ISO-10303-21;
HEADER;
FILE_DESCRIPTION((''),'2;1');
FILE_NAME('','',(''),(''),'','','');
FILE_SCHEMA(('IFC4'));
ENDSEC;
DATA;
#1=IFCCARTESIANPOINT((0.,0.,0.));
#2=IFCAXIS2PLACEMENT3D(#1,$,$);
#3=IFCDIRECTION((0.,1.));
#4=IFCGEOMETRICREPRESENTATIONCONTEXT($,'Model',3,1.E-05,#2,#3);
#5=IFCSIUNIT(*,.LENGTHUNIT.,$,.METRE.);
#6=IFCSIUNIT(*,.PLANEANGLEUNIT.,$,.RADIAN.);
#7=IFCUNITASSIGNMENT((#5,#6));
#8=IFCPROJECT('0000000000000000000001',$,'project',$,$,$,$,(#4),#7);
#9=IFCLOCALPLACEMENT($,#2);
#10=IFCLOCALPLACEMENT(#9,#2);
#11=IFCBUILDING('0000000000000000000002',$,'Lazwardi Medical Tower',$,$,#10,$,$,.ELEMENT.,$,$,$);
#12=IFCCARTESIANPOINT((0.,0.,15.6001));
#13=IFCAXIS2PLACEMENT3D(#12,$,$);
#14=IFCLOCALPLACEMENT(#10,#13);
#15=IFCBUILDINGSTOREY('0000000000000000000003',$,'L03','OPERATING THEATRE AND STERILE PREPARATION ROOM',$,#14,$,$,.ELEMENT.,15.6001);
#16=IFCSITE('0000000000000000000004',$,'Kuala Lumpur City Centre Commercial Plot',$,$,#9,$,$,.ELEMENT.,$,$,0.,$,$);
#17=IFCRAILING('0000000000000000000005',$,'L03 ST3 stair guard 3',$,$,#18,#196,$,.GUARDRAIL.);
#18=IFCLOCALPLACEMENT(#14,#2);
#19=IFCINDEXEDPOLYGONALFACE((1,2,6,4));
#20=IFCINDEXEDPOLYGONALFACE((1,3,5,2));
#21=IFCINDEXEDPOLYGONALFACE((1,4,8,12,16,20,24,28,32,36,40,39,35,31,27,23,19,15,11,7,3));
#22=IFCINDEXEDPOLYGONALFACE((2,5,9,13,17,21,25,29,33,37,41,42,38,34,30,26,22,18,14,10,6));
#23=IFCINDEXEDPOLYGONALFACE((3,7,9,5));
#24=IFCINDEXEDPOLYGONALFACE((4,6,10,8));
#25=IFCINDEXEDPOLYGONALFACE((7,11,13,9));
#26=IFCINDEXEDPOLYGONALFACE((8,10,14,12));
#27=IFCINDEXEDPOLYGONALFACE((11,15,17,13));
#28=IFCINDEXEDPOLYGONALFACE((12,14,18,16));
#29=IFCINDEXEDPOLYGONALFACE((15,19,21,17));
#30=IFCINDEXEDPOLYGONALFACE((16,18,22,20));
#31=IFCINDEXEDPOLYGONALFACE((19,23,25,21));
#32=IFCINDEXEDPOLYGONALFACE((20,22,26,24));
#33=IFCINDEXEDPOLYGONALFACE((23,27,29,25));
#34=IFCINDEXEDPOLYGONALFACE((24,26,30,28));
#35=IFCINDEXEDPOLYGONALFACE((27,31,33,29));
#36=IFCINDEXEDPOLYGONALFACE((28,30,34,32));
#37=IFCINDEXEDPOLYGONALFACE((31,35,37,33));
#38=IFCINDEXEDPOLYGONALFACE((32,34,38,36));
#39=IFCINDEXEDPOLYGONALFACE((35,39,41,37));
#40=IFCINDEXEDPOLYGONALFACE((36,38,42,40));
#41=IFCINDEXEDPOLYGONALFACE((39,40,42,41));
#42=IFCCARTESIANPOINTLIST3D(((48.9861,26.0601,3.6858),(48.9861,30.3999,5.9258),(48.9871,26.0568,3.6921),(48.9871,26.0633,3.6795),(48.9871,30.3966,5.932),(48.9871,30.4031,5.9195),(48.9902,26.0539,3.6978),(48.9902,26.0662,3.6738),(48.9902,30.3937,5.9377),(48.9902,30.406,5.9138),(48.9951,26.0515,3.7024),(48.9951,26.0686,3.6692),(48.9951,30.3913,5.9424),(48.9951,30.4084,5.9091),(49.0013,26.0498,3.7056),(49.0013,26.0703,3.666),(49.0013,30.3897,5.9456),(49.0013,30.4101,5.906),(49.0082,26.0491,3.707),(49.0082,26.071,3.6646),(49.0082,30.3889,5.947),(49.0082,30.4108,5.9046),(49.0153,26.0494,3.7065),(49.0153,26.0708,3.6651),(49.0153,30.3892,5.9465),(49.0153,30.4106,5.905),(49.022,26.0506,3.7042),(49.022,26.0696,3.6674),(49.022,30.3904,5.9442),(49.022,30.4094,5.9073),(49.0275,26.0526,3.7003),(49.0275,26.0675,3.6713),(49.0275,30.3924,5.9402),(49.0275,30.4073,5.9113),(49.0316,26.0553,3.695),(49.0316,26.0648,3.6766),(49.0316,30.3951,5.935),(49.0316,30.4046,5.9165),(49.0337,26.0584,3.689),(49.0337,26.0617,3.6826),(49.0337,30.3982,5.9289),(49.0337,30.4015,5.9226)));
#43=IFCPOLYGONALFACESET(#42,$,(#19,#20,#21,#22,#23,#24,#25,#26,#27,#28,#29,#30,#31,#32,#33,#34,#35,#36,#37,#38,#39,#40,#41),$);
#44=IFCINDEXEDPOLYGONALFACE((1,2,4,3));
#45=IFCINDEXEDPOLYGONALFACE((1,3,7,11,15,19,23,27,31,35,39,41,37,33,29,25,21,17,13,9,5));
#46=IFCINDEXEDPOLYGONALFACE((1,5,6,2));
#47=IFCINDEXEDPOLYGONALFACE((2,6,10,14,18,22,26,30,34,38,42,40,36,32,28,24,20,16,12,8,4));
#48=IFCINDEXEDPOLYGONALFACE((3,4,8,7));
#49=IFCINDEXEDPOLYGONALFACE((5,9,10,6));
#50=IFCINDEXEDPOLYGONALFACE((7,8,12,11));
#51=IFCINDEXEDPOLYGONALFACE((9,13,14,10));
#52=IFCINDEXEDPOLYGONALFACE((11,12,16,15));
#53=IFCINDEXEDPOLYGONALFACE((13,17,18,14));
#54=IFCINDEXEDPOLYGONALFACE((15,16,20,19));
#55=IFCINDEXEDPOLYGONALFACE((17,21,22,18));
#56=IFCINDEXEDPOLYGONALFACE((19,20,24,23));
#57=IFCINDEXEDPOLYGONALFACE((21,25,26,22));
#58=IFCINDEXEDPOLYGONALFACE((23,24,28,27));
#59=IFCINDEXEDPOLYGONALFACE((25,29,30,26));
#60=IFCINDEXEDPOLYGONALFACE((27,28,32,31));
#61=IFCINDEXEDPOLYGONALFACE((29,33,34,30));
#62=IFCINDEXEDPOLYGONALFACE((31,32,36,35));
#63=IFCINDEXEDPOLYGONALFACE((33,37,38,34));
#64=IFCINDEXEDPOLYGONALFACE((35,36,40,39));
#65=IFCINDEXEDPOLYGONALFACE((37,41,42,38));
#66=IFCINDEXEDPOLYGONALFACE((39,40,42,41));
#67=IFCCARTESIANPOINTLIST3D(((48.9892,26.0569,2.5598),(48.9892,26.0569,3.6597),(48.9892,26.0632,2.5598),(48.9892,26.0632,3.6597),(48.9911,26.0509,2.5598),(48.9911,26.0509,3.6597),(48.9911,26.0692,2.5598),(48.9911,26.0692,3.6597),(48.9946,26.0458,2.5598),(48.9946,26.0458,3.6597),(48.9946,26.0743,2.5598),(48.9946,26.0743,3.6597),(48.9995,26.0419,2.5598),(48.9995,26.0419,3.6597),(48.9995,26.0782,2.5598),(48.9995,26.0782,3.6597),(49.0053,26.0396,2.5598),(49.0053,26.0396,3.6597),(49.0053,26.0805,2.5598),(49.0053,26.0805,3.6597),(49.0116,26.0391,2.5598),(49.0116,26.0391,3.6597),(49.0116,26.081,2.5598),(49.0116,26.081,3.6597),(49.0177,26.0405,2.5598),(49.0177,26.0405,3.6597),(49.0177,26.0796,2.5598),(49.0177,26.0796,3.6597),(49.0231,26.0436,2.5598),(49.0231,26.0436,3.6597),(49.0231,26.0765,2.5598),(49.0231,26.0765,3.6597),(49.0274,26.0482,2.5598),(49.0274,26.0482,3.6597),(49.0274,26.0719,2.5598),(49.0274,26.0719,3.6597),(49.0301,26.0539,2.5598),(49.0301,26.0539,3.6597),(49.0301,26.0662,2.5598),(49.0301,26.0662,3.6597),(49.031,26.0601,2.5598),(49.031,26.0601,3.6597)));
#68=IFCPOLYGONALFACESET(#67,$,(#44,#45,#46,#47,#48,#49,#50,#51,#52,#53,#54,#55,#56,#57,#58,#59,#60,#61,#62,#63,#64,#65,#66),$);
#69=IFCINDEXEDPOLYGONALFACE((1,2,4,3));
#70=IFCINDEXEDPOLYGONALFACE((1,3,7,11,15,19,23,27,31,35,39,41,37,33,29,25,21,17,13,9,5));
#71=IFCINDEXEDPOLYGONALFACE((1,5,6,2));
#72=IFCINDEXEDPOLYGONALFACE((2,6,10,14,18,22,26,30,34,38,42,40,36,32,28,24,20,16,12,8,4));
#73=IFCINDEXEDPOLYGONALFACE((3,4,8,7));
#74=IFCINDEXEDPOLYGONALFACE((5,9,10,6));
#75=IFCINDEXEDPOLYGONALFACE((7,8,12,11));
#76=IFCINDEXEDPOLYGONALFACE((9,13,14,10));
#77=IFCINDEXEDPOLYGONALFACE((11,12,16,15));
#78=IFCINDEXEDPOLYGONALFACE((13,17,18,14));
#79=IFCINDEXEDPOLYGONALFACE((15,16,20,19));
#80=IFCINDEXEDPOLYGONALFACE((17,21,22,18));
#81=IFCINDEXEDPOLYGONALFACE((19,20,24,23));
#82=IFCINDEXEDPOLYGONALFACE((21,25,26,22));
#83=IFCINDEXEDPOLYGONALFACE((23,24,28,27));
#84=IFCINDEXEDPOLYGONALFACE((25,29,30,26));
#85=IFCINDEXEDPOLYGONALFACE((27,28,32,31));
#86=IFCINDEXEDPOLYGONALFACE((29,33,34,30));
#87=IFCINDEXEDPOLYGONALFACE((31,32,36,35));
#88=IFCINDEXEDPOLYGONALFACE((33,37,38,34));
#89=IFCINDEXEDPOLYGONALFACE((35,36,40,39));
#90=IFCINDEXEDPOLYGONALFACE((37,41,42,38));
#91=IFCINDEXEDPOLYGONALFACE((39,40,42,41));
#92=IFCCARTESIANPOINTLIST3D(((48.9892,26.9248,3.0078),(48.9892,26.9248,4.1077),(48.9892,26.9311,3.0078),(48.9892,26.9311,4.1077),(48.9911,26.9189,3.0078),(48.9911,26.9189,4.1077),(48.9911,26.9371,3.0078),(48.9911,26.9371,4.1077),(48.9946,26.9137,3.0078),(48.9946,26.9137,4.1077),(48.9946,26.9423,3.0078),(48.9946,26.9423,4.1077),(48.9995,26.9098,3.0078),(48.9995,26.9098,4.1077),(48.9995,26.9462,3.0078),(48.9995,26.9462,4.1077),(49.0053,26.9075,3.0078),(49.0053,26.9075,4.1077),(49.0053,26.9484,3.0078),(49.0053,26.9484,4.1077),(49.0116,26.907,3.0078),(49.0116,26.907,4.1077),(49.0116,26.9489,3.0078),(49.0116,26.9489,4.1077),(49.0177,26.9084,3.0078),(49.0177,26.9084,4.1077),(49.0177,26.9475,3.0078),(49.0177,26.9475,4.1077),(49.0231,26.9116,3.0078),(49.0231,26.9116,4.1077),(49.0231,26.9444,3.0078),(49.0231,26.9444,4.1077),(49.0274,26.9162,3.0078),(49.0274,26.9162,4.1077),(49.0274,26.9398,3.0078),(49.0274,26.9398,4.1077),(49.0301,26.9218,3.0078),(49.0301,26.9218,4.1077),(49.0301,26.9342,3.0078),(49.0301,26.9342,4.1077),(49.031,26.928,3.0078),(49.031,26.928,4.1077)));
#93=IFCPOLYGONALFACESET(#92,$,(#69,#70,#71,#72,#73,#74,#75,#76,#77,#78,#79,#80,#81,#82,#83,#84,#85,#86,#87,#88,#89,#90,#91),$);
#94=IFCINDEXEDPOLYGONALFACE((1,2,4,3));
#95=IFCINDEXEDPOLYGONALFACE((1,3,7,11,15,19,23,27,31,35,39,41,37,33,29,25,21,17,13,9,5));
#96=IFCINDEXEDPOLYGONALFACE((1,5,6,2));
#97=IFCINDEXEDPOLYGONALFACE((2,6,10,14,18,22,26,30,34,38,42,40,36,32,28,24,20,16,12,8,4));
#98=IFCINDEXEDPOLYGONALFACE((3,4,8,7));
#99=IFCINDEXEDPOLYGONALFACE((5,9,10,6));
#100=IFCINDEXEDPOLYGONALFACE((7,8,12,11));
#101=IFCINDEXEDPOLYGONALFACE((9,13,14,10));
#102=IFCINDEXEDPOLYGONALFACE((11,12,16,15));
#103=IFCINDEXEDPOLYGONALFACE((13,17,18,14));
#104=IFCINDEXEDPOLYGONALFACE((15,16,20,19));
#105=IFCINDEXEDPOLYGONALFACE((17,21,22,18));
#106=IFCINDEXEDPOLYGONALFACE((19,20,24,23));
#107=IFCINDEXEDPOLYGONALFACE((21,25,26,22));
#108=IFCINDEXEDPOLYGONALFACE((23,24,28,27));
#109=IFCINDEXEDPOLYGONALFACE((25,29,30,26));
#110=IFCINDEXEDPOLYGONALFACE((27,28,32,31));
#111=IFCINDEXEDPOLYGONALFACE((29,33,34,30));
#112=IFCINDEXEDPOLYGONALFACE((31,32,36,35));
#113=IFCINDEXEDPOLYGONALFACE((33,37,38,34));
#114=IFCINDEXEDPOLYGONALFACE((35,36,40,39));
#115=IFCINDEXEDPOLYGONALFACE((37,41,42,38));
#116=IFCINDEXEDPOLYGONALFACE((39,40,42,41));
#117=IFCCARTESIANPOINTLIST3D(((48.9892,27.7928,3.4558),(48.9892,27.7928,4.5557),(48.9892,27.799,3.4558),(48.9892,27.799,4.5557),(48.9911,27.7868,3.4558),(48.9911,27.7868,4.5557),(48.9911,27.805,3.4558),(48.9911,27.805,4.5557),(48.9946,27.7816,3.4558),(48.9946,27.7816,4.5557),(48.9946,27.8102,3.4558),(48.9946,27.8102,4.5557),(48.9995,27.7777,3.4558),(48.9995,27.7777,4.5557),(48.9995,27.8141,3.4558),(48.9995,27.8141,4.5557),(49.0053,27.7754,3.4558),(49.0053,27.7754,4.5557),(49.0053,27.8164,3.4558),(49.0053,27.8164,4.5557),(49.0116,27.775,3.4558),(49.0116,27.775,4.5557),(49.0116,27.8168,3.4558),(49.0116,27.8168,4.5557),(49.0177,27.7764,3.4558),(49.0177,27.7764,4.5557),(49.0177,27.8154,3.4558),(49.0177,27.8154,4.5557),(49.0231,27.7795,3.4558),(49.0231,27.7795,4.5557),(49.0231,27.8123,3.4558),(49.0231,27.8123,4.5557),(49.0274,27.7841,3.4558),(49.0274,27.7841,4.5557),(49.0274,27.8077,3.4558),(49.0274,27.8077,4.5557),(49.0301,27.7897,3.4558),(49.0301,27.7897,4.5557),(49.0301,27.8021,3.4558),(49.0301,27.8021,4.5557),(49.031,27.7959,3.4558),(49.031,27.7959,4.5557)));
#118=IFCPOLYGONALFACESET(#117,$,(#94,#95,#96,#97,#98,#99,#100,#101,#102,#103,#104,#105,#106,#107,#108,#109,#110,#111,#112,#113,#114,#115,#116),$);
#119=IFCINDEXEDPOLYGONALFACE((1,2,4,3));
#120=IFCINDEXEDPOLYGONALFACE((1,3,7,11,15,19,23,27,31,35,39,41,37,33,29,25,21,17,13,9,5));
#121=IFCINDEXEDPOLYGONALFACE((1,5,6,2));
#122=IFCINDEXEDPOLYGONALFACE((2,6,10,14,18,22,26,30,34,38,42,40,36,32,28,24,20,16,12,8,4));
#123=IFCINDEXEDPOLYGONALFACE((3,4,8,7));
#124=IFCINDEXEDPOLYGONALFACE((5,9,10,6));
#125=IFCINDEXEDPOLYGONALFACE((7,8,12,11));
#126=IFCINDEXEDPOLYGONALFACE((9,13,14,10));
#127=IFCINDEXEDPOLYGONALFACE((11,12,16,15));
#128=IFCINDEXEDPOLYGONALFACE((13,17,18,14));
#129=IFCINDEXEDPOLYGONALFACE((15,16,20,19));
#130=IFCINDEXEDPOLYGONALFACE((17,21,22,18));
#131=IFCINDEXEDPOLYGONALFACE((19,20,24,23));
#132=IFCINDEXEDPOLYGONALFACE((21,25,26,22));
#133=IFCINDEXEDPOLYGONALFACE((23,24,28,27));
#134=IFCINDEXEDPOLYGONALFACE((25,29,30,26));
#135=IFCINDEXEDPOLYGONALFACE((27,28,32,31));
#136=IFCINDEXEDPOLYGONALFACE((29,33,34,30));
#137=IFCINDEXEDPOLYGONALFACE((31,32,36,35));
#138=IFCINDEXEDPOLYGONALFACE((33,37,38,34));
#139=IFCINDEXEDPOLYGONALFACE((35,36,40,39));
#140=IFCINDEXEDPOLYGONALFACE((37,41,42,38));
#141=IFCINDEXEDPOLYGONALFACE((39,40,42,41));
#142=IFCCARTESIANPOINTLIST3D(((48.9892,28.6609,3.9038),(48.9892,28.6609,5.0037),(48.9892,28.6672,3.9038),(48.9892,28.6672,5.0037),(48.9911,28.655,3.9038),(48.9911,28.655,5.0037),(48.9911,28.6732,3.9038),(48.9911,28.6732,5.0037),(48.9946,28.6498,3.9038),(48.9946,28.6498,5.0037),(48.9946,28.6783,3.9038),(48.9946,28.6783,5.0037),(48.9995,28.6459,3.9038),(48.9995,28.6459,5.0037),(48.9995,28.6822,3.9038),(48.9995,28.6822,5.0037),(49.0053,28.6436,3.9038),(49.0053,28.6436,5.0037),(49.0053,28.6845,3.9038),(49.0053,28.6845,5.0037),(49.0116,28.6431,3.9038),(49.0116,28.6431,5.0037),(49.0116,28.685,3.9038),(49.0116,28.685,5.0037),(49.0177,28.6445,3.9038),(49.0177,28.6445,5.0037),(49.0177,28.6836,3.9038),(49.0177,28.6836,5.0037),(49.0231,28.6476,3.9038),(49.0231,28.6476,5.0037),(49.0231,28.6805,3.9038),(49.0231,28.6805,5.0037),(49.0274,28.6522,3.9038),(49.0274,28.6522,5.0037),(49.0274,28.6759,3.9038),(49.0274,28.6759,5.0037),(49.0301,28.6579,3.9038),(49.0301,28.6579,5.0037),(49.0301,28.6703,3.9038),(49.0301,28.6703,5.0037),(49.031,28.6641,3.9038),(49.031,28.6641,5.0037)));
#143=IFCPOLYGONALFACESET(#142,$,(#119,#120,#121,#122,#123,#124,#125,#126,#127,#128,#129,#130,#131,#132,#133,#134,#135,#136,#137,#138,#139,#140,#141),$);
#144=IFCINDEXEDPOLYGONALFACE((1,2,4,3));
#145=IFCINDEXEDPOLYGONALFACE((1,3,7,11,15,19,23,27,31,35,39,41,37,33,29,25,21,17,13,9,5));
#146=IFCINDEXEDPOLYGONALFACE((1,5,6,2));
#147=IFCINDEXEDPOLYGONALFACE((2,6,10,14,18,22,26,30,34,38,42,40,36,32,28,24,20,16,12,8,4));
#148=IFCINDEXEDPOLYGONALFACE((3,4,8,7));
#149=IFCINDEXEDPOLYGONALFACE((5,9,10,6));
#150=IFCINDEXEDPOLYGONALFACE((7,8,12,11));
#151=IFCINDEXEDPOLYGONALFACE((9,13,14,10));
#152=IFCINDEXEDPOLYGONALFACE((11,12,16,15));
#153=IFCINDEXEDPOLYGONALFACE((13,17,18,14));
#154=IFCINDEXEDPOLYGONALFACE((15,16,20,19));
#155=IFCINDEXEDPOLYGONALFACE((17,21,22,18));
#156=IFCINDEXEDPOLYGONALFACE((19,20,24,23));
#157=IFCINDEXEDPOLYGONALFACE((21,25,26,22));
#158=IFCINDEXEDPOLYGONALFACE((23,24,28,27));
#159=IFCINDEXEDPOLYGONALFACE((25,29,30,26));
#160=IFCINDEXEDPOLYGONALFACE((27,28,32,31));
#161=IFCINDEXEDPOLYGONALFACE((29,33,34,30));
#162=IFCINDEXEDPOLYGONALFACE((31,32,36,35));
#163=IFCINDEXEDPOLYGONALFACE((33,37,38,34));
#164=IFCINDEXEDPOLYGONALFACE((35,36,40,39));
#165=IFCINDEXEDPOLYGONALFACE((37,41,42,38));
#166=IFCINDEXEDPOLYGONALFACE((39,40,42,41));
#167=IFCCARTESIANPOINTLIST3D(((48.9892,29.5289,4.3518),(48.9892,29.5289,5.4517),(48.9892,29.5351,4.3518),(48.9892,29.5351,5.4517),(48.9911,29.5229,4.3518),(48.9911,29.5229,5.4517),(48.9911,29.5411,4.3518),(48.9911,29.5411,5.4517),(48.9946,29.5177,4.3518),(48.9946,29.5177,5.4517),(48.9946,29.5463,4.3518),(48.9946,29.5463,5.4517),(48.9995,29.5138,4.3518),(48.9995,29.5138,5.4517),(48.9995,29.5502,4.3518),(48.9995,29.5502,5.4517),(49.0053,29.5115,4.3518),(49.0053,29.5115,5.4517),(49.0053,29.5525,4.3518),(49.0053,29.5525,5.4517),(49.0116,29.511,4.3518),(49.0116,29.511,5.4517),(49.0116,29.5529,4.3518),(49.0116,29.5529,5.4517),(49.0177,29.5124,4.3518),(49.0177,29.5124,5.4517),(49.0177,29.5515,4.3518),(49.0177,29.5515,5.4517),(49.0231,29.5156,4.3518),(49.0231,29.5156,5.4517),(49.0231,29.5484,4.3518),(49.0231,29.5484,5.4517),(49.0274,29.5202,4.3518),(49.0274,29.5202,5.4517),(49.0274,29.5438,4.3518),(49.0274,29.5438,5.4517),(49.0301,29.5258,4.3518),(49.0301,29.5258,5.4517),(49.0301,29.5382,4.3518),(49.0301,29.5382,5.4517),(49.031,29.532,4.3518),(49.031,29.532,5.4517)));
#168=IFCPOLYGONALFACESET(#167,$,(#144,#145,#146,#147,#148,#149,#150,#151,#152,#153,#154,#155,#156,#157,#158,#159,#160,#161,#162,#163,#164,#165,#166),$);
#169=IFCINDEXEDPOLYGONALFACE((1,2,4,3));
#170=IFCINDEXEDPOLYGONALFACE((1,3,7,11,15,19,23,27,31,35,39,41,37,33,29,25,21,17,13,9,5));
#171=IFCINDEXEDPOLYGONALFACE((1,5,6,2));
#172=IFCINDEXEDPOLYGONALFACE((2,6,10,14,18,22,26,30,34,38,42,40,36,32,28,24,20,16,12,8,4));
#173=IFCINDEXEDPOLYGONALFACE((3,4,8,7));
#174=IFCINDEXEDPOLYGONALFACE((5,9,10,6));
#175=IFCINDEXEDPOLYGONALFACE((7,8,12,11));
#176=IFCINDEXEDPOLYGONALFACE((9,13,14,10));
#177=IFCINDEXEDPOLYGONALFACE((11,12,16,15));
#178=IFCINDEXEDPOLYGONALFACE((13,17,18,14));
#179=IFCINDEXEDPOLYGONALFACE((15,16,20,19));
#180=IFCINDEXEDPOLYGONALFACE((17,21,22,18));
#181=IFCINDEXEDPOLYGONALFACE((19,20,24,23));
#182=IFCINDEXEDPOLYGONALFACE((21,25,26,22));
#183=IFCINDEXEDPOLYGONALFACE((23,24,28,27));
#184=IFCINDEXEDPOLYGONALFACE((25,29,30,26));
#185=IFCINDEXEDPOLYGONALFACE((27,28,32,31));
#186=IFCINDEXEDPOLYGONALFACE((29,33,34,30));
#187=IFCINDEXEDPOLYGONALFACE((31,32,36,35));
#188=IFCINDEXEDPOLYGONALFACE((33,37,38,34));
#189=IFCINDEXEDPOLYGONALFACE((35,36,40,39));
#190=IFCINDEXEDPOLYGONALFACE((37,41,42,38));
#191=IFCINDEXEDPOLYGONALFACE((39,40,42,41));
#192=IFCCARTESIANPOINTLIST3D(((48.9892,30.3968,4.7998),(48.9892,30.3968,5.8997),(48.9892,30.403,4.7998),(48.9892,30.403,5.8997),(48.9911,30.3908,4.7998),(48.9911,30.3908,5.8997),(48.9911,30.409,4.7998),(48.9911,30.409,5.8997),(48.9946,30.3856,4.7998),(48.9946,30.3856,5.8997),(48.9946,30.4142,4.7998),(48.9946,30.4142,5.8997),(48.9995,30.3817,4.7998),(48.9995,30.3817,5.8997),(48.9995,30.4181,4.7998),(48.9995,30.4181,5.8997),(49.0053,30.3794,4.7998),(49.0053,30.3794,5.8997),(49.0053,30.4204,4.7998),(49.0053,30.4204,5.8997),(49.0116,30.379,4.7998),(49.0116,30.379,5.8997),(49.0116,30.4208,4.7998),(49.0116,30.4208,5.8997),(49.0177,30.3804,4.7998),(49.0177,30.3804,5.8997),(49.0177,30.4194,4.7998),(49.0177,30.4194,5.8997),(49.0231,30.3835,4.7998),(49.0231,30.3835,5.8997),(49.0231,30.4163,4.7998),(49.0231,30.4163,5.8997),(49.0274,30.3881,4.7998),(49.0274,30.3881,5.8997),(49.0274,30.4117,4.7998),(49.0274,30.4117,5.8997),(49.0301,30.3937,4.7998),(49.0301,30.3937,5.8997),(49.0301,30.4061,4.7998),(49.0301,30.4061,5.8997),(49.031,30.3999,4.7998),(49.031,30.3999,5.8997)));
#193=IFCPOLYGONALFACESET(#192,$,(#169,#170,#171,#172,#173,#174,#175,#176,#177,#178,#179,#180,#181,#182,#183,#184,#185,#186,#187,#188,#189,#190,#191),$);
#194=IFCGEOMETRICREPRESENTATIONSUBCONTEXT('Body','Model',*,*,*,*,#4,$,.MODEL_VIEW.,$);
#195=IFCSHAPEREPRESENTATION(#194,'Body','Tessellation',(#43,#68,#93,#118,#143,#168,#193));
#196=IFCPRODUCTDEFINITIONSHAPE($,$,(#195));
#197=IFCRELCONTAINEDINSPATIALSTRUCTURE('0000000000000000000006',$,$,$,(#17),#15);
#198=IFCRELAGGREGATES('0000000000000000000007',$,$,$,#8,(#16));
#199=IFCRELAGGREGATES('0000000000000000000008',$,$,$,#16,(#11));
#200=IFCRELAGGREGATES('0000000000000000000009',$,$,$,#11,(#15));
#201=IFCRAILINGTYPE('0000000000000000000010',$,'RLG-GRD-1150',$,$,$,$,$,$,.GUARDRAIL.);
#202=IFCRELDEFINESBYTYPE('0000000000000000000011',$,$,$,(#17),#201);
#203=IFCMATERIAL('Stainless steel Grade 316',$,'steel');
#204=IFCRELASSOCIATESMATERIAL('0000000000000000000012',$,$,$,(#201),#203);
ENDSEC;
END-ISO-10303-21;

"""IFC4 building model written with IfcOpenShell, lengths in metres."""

from ifc_helpers import new_model, si_unit, direction, frame, origin, origin_2d, place, context, subcontext, project, spatial, circle, extrude, material, type_object, element, save


model = new_model("IFC4")

# Units and contexts
model_context = context("Model", 3, precision=1e-05, world=origin(), true_north=direction((0.0, 1.0)))
body_context = subcontext(model_context, "Body", "Model", "MODEL_VIEW")
ifc_project = project(units=[si_unit("LENGTHUNIT", "METRE"), si_unit("PLANEANGLEUNIT", "RADIAN")], contexts=[model_context])

# Site, building, storey
site_placement = place(None, origin())
site = spatial("IfcSite", under=ifc_project, at=site_placement, Name="Kuala Lumpur City Centre Commercial Plot", CompositionType="ELEMENT", RefElevation=0.0)
building_placement = place(site_placement, origin())
building = spatial("IfcBuilding", under=site, at=building_placement, Name="Lazwardi Medical Tower", CompositionType="ELEMENT")
storey_placement = place(building_placement, frame((0.0, 0.0, 15.6001)))
storey = spatial("IfcBuildingStorey", under=building, at=storey_placement, Name="L03", Description="OPERATING THEATRE AND STERILE PREPARATION ROOM", CompositionType="ELEMENT", Elevation=15.6001)

# Railing
ifc_material_1 = material(Name="Stainless steel Grade 316", Category="steel")
railing_type_1 = type_object("IfcRailingType", Name="RLG-GRD-1150", PredefinedType="GUARDRAIL", material=ifc_material_1)
railing_1_placement = place(storey_placement, frame((49.01, 26.0601, 2.5598)))
element("IfcRailing", 1, at=railing_1_placement, inside=storey, type_object=railing_type_1, Name="L03 ST3 stair guard 3", PredefinedType="GUARDRAIL", context=body_context, shape_type="SweptSolid", body=[
    extrude(circle(Radius=0.0239, at=origin_2d()), frame((0.0, 0.0, 1.126), z_axis=(0.0, 0.888615, 0.458654), x_axis=(-1.0, 0.0, 0.0)), (0.0, 0.0, 1.0), 4.8838),
    extrude(circle(Radius=0.021, at=origin_2d()), origin(), (0.0, 0.0, 1.0), 1.0999),
    extrude(circle(Radius=0.021, at=origin_2d()), frame((0.0, 0.8679, 0.448)), (0.0, 0.0, 1.0), 1.0999),
    extrude(circle(Radius=0.021, at=origin_2d()), frame((0.0, 1.7358, 0.896)), (0.0, 0.0, 1.0), 1.0999),
    extrude(circle(Radius=0.021, at=origin_2d()), frame((0.0, 2.604, 1.344)), (0.0, 0.0, 1.0), 1.0999),
    extrude(circle(Radius=0.021, at=origin_2d()), frame((0.0, 3.4719, 1.792)), (0.0, 0.0, 1.0), 1.0999),
    extrude(circle(Radius=0.021, at=origin_2d()), frame((0.0, 4.3398, 2.24)), (0.0, 0.0, 1.0), 1.0999),
])

save(model, "model.ifc")
